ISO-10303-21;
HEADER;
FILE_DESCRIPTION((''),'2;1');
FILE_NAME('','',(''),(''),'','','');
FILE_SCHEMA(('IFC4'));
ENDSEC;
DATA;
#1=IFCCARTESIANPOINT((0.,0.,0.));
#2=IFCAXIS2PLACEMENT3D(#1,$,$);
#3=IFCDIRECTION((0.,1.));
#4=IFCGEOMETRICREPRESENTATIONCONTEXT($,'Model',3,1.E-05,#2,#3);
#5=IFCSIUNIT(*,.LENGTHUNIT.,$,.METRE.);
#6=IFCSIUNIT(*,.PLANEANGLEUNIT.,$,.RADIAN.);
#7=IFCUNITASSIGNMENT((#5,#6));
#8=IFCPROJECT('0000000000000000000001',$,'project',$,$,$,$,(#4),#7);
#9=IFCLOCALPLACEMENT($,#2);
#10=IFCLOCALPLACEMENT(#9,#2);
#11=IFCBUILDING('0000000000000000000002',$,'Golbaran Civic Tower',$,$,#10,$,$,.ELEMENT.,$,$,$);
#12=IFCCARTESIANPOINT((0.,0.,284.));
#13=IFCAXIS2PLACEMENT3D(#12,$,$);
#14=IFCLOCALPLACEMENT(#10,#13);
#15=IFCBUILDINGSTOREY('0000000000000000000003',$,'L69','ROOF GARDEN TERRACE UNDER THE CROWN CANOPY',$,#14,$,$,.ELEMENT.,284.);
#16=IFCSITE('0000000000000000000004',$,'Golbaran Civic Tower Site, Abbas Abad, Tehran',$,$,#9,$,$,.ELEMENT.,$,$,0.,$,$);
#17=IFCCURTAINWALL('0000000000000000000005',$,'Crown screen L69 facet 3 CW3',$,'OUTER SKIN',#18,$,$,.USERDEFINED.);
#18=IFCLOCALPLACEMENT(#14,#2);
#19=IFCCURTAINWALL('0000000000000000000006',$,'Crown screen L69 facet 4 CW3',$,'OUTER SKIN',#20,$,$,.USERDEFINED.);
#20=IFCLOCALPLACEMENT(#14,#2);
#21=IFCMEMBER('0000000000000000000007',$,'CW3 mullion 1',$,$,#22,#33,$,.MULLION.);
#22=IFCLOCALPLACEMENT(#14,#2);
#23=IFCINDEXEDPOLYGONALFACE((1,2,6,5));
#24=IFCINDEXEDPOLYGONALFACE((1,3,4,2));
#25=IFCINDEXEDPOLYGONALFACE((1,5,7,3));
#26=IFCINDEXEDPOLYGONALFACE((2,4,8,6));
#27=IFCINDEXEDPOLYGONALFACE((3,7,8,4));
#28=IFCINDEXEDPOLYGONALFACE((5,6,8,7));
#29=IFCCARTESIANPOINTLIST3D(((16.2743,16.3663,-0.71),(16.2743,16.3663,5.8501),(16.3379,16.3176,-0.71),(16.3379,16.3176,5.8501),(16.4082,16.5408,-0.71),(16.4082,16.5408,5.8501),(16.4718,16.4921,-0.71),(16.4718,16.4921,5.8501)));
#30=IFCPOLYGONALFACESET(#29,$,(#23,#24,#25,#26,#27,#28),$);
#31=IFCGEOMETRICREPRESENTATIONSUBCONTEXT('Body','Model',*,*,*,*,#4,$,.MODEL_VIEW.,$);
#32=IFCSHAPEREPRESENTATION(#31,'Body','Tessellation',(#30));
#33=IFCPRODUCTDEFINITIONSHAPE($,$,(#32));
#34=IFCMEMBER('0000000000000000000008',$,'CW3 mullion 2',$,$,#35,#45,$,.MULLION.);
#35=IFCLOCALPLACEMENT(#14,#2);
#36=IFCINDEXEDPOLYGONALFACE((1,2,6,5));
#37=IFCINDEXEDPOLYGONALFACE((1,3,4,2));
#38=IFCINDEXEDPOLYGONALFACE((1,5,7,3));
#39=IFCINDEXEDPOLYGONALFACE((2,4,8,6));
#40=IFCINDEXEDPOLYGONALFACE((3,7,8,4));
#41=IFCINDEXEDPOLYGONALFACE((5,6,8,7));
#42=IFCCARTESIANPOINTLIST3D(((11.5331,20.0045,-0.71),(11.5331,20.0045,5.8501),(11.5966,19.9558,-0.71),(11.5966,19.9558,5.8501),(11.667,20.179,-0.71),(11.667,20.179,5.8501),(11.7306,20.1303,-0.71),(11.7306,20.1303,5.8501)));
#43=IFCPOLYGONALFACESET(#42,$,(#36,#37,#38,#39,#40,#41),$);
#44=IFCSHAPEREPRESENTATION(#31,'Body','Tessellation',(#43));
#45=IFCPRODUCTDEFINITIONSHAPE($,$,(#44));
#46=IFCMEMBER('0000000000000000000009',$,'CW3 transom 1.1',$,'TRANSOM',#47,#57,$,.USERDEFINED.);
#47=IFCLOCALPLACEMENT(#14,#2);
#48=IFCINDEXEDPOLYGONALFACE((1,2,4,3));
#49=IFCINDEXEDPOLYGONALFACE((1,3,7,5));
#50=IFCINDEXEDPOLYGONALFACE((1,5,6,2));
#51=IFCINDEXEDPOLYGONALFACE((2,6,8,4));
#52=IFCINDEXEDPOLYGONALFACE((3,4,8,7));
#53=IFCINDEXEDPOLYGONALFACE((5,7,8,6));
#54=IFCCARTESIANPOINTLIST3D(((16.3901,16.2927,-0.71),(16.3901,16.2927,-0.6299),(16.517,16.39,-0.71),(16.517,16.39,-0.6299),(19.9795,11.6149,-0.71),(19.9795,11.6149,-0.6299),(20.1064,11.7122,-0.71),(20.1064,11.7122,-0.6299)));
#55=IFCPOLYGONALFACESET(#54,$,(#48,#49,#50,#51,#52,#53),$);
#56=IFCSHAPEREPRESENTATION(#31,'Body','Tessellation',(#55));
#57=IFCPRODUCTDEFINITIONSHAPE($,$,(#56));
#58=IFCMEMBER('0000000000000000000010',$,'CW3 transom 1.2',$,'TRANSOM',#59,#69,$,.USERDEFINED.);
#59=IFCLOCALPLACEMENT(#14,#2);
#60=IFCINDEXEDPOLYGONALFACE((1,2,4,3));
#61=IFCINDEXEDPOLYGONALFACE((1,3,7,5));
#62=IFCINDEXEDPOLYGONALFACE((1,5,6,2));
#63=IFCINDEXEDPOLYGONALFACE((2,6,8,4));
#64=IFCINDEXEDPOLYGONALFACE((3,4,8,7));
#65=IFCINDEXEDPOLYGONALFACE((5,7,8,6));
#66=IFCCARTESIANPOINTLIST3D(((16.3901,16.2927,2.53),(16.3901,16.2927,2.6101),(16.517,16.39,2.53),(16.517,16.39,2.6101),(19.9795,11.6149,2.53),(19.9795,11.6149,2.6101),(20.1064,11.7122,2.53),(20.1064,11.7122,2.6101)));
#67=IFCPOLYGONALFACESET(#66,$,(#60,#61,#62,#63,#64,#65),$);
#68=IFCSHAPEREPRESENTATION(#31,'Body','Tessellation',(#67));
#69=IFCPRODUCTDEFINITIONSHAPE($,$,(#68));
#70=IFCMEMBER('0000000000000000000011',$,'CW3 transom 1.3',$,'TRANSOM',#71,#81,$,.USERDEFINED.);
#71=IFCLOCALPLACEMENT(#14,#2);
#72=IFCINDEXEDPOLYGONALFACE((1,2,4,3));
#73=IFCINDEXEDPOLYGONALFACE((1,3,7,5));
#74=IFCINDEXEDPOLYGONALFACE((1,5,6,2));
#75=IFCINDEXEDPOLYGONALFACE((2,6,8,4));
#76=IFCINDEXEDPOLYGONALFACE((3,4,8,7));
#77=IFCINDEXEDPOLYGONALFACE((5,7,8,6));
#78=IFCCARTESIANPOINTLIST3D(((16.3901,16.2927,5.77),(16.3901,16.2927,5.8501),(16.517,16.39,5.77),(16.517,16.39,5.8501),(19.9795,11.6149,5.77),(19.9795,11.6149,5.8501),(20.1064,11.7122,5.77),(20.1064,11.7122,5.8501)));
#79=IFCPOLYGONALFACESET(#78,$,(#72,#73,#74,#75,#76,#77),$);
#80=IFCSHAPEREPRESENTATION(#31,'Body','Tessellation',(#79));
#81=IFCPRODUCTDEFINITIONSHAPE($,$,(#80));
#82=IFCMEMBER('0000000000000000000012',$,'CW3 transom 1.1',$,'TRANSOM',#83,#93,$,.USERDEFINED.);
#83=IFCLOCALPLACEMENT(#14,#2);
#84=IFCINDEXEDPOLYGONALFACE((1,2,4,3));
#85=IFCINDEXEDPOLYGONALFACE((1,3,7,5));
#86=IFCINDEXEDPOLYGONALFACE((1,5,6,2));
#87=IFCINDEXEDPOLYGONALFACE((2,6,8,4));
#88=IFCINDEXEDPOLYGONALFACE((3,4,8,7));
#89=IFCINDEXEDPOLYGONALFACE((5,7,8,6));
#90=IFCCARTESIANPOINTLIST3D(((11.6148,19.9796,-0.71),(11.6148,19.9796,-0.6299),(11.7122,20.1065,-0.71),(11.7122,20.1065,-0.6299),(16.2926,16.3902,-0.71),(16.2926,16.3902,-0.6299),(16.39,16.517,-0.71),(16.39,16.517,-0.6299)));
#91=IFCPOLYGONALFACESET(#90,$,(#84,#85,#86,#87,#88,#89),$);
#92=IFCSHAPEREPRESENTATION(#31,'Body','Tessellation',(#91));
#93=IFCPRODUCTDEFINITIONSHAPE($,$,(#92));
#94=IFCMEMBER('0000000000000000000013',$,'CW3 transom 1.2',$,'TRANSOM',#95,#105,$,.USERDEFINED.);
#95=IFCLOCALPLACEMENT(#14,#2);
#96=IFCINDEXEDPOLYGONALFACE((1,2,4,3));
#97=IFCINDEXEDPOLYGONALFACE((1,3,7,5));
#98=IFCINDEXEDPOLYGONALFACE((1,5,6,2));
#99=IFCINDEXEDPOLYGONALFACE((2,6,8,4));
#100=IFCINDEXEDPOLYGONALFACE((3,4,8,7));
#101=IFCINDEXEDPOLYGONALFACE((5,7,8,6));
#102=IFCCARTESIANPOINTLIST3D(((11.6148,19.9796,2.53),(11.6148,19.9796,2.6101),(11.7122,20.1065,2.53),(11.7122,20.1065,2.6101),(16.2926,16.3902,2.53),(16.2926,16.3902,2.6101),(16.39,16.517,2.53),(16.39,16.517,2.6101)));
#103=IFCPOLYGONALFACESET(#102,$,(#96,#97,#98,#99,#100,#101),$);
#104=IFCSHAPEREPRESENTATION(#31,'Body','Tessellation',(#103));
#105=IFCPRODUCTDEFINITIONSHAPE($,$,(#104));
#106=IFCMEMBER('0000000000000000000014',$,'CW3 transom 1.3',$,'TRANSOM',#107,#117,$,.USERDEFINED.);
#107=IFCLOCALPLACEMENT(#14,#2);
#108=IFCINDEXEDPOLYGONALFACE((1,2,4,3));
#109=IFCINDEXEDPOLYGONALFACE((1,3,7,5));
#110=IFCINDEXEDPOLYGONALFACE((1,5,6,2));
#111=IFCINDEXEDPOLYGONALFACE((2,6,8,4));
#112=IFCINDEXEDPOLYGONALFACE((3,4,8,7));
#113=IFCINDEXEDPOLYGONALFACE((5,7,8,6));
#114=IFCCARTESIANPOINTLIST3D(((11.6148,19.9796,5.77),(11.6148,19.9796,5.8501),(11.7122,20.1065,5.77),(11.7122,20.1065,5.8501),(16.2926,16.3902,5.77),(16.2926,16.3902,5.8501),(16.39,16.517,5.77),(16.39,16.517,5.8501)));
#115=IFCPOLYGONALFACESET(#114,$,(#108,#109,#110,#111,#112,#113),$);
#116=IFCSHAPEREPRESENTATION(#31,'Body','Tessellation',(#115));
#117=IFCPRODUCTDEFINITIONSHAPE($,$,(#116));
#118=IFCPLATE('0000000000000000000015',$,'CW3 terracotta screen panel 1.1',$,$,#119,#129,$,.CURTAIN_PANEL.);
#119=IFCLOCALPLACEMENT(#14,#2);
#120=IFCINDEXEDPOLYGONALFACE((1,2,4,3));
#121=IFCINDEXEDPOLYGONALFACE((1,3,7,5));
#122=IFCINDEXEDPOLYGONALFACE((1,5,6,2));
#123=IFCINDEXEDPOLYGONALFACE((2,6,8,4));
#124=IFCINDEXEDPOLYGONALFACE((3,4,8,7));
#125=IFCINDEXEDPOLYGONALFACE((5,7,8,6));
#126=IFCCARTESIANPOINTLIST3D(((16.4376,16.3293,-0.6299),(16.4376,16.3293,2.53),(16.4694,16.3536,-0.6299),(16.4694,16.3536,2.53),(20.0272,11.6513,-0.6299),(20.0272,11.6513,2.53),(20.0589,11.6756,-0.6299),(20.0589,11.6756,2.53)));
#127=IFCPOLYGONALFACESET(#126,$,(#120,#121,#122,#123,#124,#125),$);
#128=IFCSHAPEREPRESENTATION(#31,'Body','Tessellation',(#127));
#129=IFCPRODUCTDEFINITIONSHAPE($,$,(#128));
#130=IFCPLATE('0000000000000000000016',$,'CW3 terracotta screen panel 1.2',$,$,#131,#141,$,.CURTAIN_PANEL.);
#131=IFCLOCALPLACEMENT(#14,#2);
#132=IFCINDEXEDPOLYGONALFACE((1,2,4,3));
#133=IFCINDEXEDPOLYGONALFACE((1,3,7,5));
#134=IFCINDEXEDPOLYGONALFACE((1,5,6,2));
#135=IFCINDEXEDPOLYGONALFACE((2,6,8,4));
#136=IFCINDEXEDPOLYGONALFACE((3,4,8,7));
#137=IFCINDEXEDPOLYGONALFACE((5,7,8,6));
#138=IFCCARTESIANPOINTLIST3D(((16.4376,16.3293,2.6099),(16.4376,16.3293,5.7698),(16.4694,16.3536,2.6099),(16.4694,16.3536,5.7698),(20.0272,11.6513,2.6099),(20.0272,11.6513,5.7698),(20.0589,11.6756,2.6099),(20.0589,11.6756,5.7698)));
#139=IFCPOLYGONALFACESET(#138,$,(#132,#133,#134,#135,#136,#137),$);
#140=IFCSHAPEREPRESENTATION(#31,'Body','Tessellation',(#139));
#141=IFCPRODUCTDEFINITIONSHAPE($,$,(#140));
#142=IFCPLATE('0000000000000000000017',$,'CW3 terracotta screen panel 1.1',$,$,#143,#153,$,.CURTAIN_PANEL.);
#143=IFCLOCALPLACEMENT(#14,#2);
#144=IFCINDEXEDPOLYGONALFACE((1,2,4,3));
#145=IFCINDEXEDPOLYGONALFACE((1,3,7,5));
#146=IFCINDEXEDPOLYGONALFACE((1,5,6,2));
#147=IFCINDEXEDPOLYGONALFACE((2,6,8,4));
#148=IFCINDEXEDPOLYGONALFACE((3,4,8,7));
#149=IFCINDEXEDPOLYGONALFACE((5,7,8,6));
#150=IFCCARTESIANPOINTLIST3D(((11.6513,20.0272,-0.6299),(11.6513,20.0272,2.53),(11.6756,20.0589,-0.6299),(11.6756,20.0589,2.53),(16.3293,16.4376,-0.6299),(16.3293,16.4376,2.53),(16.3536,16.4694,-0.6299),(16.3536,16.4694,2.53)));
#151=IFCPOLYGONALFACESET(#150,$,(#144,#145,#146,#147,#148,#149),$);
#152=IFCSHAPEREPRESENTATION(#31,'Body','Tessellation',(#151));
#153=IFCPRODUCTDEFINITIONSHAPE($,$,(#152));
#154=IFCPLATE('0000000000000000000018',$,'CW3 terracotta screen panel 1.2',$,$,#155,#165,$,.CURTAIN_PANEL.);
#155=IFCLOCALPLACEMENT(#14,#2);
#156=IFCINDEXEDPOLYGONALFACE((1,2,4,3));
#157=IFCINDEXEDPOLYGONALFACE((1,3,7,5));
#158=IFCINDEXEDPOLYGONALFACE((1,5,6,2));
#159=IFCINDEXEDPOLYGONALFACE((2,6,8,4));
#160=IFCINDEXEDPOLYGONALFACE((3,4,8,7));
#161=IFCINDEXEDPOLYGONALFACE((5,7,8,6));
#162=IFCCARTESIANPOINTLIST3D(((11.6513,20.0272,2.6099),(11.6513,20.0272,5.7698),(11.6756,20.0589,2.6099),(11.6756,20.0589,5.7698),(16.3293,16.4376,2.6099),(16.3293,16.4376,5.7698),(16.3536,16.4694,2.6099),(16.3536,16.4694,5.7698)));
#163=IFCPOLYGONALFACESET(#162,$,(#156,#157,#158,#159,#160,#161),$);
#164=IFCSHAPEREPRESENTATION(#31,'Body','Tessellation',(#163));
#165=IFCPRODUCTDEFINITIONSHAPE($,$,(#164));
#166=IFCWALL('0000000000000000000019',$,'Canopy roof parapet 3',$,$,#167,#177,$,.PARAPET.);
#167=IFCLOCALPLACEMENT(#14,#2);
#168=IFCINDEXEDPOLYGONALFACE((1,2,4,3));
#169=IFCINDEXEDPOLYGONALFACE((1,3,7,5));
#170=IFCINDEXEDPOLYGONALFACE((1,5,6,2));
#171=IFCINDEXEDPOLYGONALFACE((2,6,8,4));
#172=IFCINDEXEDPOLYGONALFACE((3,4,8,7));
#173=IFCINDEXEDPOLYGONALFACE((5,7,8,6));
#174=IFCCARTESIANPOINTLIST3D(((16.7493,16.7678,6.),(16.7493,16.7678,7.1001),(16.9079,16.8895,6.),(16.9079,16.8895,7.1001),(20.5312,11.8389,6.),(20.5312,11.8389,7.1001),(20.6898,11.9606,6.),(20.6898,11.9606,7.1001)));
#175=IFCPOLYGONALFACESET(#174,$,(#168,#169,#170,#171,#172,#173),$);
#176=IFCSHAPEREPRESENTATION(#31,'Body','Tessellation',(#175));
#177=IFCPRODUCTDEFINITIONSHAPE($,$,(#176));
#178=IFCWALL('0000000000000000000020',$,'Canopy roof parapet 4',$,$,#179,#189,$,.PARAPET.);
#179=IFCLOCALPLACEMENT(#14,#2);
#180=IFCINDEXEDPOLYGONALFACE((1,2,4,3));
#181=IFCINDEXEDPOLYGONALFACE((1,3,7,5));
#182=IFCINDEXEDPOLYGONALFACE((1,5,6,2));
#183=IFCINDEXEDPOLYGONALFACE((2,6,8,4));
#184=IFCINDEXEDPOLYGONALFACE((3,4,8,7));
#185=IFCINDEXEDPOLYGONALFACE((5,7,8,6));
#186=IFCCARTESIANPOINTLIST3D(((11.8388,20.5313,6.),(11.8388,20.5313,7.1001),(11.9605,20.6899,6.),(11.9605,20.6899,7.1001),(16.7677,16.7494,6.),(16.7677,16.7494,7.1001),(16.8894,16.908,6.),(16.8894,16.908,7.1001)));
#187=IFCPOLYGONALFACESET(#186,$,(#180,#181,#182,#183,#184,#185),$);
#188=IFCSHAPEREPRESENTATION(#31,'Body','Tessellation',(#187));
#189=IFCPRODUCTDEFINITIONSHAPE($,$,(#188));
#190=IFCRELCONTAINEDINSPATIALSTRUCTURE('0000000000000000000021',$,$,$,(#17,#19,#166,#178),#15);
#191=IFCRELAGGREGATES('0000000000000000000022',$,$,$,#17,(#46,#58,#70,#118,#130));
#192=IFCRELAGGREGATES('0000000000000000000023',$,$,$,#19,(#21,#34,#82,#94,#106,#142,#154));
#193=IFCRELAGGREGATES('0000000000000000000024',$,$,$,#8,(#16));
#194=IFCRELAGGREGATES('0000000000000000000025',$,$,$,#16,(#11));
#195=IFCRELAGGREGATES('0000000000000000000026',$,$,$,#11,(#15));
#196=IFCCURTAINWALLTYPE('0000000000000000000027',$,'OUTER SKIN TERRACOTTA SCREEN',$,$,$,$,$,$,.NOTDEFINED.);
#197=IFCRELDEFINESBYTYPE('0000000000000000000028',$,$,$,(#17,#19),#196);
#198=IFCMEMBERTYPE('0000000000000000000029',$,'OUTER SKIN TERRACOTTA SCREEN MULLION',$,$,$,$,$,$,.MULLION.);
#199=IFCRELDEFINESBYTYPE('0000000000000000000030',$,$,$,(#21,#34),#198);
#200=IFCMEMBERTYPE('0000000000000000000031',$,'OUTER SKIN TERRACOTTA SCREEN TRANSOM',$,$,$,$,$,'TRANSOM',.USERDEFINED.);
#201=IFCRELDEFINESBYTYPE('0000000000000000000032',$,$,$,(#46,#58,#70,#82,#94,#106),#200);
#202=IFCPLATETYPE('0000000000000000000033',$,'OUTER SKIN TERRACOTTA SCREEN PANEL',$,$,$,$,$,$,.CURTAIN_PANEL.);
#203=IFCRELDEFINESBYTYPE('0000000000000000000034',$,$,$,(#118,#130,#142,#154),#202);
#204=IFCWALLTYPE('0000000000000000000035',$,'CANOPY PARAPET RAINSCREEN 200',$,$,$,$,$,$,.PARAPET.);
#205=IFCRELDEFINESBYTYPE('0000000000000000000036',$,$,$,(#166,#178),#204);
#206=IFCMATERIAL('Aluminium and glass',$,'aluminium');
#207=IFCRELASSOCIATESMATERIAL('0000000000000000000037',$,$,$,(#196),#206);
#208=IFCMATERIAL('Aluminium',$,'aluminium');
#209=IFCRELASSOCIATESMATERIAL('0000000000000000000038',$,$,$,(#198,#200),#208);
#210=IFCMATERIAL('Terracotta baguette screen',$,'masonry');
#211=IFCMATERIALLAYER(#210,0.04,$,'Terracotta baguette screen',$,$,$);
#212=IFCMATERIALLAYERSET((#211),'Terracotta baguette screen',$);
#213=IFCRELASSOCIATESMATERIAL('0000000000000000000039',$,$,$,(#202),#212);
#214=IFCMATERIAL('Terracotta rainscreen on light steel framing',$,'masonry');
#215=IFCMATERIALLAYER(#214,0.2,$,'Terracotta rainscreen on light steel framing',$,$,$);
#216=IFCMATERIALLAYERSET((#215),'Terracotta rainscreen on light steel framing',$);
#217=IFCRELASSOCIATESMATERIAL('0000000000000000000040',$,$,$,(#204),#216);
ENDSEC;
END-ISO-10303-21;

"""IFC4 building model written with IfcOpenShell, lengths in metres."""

from ifc_helpers import new_model, si_unit, direction, frame, frame_2d, origin, origin_2d, place, context, subcontext, project, spatial, rectangle, extrude, material, layer, layer_set, material_profile, profile_set, type_object, element, aggregate, save


model = new_model("IFC4")

# Units and contexts
model_context = context("Model", 3, precision=1e-05, world=origin(), true_north=direction((0.0, 1.0)))
body_context = subcontext(model_context, "Body", "Model", "MODEL_VIEW")
ifc_project = project(units=[si_unit("LENGTHUNIT", "METRE"), si_unit("PLANEANGLEUNIT", "RADIAN")], contexts=[model_context])

# Site, building, storey
site_placement = place(None, origin())
site = spatial("IfcSite", under=ifc_project, at=site_placement, Name="Golbaran Civic Tower Site, Abbas Abad, Tehran", CompositionType="ELEMENT", RefElevation=0.0)
building_placement = place(site_placement, origin())
building = spatial("IfcBuilding", under=site, at=building_placement, Name="Golbaran Civic Tower", CompositionType="ELEMENT")
storey_placement = place(building_placement, frame((0.0, 0.0, 284.0)))
storey = spatial("IfcBuildingStorey", under=building, at=storey_placement, Name="L69", Description="ROOF GARDEN TERRACE UNDER THE CROWN CANOPY", CompositionType="ELEMENT", Elevation=284.0)

# Shared definitions
ifc_material_1 = material(Name="Aluminium and glass", Category="aluminium")
curtain_wall_type = type_object("IfcCurtainWallType", Name="OUTER SKIN TERRACOTTA SCREEN", PredefinedType="NOTDEFINED", material=ifc_material_1)
ifc_material_2 = material(Name="Aluminium", Category="aluminium")
ifc_material_profile_1 = material_profile(ifc_material_2, rectangle(XDim=0.22, YDim=0.0801, at=origin_2d()), Name="OUTER SKIN TERRACOTTA SCREEN MULLION")
ifc_profile_set_1 = profile_set([ifc_material_profile_1], Name="Aluminium")
member_type_1 = type_object("IfcMemberType", Name="OUTER SKIN TERRACOTTA SCREEN MULLION", PredefinedType="MULLION", material=ifc_profile_set_1)

# Curtain walls, members
curtain_wall_1_placement = place(storey_placement, origin())
curtain_wall_1 = element("IfcCurtainWall", 1, at=curtain_wall_1_placement, inside=storey, type_object=curtain_wall_type, Name="Crown screen L69 facet 3 CW3", ObjectType="OUTER SKIN", PredefinedType="USERDEFINED")
curtain_wall_2_placement = place(storey_placement, origin())
curtain_wall_2 = element("IfcCurtainWall", 2, at=curtain_wall_2_placement, inside=storey, type_object=curtain_wall_type, Name="Crown screen L69 facet 4 CW3", ObjectType="OUTER SKIN", PredefinedType="USERDEFINED")
member_1_placement = place(storey_placement, frame((16.373, 16.4292, -0.71), z_axis=(0.0, 0.0, 1.0), x_axis=(-0.608761, -0.793353, 0.0)))
member_1 = element("IfcMember", 3, at=member_1_placement, type_object=member_type_1, Name="CW3 mullion 1", PredefinedType="MULLION", context=body_context, shape_type="SweptSolid", body=[
    extrude(rectangle(XDim=0.22, YDim=0.0801, at=origin_2d()), origin(), (0.0, 0.0, 1.0), 6.5601),
])
member_2_placement = place(storey_placement, frame((11.6318, 20.0674, -0.71), z_axis=(0.0, 0.0, 1.0), x_axis=(-0.608761, -0.793353, 0.0)))
member_2 = element("IfcMember", 4, at=member_2_placement, type_object=member_type_1, Name="CW3 mullion 2", PredefinedType="MULLION", context=body_context, shape_type="SweptSolid", body=[
    extrude(rectangle(XDim=0.22, YDim=0.0801, at=origin_2d()), origin(), (0.0, 0.0, 1.0), 6.5601),
])

# Members
ifc_material_profile_2 = material_profile(ifc_material_2, rectangle(XDim=0.1599, YDim=0.0801, at=origin_2d()), Name="OUTER SKIN TERRACOTTA SCREEN TRANSOM")
ifc_profile_set_2 = profile_set([ifc_material_profile_2], Name="Aluminium")
member_type_2 = type_object("IfcMemberType", Name="OUTER SKIN TERRACOTTA SCREEN TRANSOM", ElementType="TRANSOM", PredefinedType="USERDEFINED", material=ifc_profile_set_2)
member_3_placement = place(storey_placement, frame((20.043, 11.6636, -0.6699), z_axis=(-0.608762, 0.793353, 0.0), x_axis=(-0.793353, -0.608762, 0.0)))
member_3 = element("IfcMember", 5, at=member_3_placement, type_object=member_type_2, Name="CW3 transom 1.1", ObjectType="TRANSOM", PredefinedType="USERDEFINED", context=body_context, shape_type="SweptSolid", body=[
    extrude(rectangle(XDim=0.1599, YDim=0.0801, at=origin_2d()), origin(), (0.0, 0.0, 1.0), 5.8962),
])
member_4_placement = place(storey_placement, frame((20.043, 11.6636, 2.5701), z_axis=(-0.608762, 0.793353, 0.0), x_axis=(-0.793353, -0.608762, 0.0)))
member_4 = element("IfcMember", 6, at=member_4_placement, type_object=member_type_2, Name="CW3 transom 1.2", ObjectType="TRANSOM", PredefinedType="USERDEFINED", context=body_context, shape_type="SweptSolid", body=[
    extrude(rectangle(XDim=0.1599, YDim=0.0801, at=origin_2d()), origin(), (0.0, 0.0, 1.0), 5.8962),
])
member_5_placement = place(storey_placement, frame((20.043, 11.6636, 5.8101), z_axis=(-0.608762, 0.793353, 0.0), x_axis=(-0.793353, -0.608762, 0.0)))
member_5 = element("IfcMember", 7, at=member_5_placement, type_object=member_type_2, Name="CW3 transom 1.3", ObjectType="TRANSOM", PredefinedType="USERDEFINED", context=body_context, shape_type="SweptSolid", body=[
    extrude(rectangle(XDim=0.1599, YDim=0.0801, at=origin_2d()), origin(), (0.0, 0.0, 1.0), 5.8962),
])
member_6_placement = place(storey_placement, frame((16.3413, 16.4536, -0.6699), z_axis=(-0.793353, 0.608762, 0.0), x_axis=(-0.608762, -0.793353, 0.0)))
member_6 = element("IfcMember", 8, at=member_6_placement, type_object=member_type_2, Name="CW3 transom 1.1", ObjectType="TRANSOM", PredefinedType="USERDEFINED", context=body_context, shape_type="SweptSolid", body=[
    extrude(rectangle(XDim=0.1599, YDim=0.0801, at=origin_2d()), origin(), (0.0, 0.0, 1.0), 5.8962),
])
member_7_placement = place(storey_placement, frame((16.3413, 16.4536, 2.5701), z_axis=(-0.793353, 0.608762, 0.0), x_axis=(-0.608762, -0.793353, 0.0)))
member_7 = element("IfcMember", 9, at=member_7_placement, type_object=member_type_2, Name="CW3 transom 1.2", ObjectType="TRANSOM", PredefinedType="USERDEFINED", context=body_context, shape_type="SweptSolid", body=[
    extrude(rectangle(XDim=0.1599, YDim=0.0801, at=origin_2d()), origin(), (0.0, 0.0, 1.0), 5.8962),
])
member_8_placement = place(storey_placement, frame((16.3413, 16.4536, 5.8101), z_axis=(-0.793353, 0.608762, 0.0), x_axis=(-0.608762, -0.793353, 0.0)))
member_8 = element("IfcMember", 10, at=member_8_placement, type_object=member_type_2, Name="CW3 transom 1.3", ObjectType="TRANSOM", PredefinedType="USERDEFINED", context=body_context, shape_type="SweptSolid", body=[
    extrude(rectangle(XDim=0.1599, YDim=0.0801, at=origin_2d()), origin(), (0.0, 0.0, 1.0), 5.8962),
])

# Plates
ifc_material_3 = material(Name="Terracotta baguette screen", Category="masonry")
ifc_layer_1 = layer(ifc_material_3, 0.04, Name="Terracotta baguette screen")
ifc_layer_set_1 = layer_set([ifc_layer_1], Name="Terracotta baguette screen")
plate_type = type_object("IfcPlateType", Name="OUTER SKIN TERRACOTTA SCREEN PANEL", PredefinedType="CURTAIN_PANEL", material=ifc_layer_set_1)
plate_1_placement = place(storey_placement, frame((18.2483, 14.0024, -0.6299), z_axis=(0.0, 0.0, 1.0), x_axis=(-0.608761, 0.793353, 0.0)))
plate_1 = element("IfcPlate", 11, at=plate_1_placement, type_object=plate_type, Name="CW3 terracotta screen panel 1.1", PredefinedType="CURTAIN_PANEL", context=body_context, shape_type="SweptSolid", body=[
    extrude(rectangle(XDim=5.8965, YDim=0.04, at=origin_2d()), origin(), (0.0, 0.0, 1.0), 3.1599),
])
plate_2_placement = place(storey_placement, frame((18.2483, 14.0024, 2.6099), z_axis=(0.0, 0.0, 1.0), x_axis=(-0.608761, 0.793353, 0.0)))
plate_2 = element("IfcPlate", 12, at=plate_2_placement, type_object=plate_type, Name="CW3 terracotta screen panel 1.2", PredefinedType="CURTAIN_PANEL", context=body_context, shape_type="SweptSolid", body=[
    extrude(rectangle(XDim=5.8965, YDim=0.04, at=origin_2d()), origin(), (0.0, 0.0, 1.0), 3.1599),
])
aggregate(curtain_wall_1, [member_3, member_4, member_5, plate_1, plate_2])
plate_3_placement = place(storey_placement, frame((14.0024, 18.2483, -0.6299), z_axis=(0.0, 0.0, 1.0), x_axis=(-0.793353, 0.608761, 0.0)))
plate_3 = element("IfcPlate", 13, at=plate_3_placement, type_object=plate_type, Name="CW3 terracotta screen panel 1.1", PredefinedType="CURTAIN_PANEL", context=body_context, shape_type="SweptSolid", body=[
    extrude(rectangle(XDim=5.8965, YDim=0.04, at=origin_2d()), origin(), (0.0, 0.0, 1.0), 3.1599),
])
plate_4_placement = place(storey_placement, frame((14.0024, 18.2483, 2.6099), z_axis=(0.0, 0.0, 1.0), x_axis=(-0.793353, 0.608761, 0.0)))
plate_4 = element("IfcPlate", 14, at=plate_4_placement, type_object=plate_type, Name="CW3 terracotta screen panel 1.2", PredefinedType="CURTAIN_PANEL", context=body_context, shape_type="SweptSolid", body=[
    extrude(rectangle(XDim=5.8965, YDim=0.04, at=origin_2d()), origin(), (0.0, 0.0, 1.0), 3.1599),
])
aggregate(curtain_wall_2, [member_1, member_2, member_6, member_7, member_8, plate_3, plate_4])

# Walls
ifc_material_4 = material(Name="Terracotta rainscreen on light steel framing", Category="masonry")
ifc_layer_2 = layer(ifc_material_4, 0.2, Name="Terracotta rainscreen on light steel framing")
ifc_layer_set_2 = layer_set([ifc_layer_2], Name="Terracotta rainscreen on light steel framing")
wall_type = type_object("IfcWallType", Name="CANOPY PARAPET RAINSCREEN 200", PredefinedType="PARAPET", material=ifc_layer_set_2)
for number, where, z_axis, x_axis, name in (
    (15, (20.6106, 11.8997, 6.0), (0.0, 0.0, 1.0), (-0.608747, 0.793364, 0.0), "Canopy roof parapet 3"),
    (16, (16.8286, 16.8286, 6.0), (0.0, 0.0, 1.0), (-0.793364, 0.608747, 0.0), "Canopy roof parapet 4"),
):
    element("IfcWall", number, at=place(storey_placement, frame(where, z_axis=z_axis, x_axis=x_axis)), inside=storey, type_object=wall_type, Name=name, PredefinedType="PARAPET", context=body_context, shape_type="SweptSolid", body=[
        extrude(rectangle(XDim=6.2126, YDim=0.2, at=frame_2d((3.1064, 0.0))), origin(), (0.0, 0.0, 1.0), 1.1001),
    ])

save(model, "model.ifc")
